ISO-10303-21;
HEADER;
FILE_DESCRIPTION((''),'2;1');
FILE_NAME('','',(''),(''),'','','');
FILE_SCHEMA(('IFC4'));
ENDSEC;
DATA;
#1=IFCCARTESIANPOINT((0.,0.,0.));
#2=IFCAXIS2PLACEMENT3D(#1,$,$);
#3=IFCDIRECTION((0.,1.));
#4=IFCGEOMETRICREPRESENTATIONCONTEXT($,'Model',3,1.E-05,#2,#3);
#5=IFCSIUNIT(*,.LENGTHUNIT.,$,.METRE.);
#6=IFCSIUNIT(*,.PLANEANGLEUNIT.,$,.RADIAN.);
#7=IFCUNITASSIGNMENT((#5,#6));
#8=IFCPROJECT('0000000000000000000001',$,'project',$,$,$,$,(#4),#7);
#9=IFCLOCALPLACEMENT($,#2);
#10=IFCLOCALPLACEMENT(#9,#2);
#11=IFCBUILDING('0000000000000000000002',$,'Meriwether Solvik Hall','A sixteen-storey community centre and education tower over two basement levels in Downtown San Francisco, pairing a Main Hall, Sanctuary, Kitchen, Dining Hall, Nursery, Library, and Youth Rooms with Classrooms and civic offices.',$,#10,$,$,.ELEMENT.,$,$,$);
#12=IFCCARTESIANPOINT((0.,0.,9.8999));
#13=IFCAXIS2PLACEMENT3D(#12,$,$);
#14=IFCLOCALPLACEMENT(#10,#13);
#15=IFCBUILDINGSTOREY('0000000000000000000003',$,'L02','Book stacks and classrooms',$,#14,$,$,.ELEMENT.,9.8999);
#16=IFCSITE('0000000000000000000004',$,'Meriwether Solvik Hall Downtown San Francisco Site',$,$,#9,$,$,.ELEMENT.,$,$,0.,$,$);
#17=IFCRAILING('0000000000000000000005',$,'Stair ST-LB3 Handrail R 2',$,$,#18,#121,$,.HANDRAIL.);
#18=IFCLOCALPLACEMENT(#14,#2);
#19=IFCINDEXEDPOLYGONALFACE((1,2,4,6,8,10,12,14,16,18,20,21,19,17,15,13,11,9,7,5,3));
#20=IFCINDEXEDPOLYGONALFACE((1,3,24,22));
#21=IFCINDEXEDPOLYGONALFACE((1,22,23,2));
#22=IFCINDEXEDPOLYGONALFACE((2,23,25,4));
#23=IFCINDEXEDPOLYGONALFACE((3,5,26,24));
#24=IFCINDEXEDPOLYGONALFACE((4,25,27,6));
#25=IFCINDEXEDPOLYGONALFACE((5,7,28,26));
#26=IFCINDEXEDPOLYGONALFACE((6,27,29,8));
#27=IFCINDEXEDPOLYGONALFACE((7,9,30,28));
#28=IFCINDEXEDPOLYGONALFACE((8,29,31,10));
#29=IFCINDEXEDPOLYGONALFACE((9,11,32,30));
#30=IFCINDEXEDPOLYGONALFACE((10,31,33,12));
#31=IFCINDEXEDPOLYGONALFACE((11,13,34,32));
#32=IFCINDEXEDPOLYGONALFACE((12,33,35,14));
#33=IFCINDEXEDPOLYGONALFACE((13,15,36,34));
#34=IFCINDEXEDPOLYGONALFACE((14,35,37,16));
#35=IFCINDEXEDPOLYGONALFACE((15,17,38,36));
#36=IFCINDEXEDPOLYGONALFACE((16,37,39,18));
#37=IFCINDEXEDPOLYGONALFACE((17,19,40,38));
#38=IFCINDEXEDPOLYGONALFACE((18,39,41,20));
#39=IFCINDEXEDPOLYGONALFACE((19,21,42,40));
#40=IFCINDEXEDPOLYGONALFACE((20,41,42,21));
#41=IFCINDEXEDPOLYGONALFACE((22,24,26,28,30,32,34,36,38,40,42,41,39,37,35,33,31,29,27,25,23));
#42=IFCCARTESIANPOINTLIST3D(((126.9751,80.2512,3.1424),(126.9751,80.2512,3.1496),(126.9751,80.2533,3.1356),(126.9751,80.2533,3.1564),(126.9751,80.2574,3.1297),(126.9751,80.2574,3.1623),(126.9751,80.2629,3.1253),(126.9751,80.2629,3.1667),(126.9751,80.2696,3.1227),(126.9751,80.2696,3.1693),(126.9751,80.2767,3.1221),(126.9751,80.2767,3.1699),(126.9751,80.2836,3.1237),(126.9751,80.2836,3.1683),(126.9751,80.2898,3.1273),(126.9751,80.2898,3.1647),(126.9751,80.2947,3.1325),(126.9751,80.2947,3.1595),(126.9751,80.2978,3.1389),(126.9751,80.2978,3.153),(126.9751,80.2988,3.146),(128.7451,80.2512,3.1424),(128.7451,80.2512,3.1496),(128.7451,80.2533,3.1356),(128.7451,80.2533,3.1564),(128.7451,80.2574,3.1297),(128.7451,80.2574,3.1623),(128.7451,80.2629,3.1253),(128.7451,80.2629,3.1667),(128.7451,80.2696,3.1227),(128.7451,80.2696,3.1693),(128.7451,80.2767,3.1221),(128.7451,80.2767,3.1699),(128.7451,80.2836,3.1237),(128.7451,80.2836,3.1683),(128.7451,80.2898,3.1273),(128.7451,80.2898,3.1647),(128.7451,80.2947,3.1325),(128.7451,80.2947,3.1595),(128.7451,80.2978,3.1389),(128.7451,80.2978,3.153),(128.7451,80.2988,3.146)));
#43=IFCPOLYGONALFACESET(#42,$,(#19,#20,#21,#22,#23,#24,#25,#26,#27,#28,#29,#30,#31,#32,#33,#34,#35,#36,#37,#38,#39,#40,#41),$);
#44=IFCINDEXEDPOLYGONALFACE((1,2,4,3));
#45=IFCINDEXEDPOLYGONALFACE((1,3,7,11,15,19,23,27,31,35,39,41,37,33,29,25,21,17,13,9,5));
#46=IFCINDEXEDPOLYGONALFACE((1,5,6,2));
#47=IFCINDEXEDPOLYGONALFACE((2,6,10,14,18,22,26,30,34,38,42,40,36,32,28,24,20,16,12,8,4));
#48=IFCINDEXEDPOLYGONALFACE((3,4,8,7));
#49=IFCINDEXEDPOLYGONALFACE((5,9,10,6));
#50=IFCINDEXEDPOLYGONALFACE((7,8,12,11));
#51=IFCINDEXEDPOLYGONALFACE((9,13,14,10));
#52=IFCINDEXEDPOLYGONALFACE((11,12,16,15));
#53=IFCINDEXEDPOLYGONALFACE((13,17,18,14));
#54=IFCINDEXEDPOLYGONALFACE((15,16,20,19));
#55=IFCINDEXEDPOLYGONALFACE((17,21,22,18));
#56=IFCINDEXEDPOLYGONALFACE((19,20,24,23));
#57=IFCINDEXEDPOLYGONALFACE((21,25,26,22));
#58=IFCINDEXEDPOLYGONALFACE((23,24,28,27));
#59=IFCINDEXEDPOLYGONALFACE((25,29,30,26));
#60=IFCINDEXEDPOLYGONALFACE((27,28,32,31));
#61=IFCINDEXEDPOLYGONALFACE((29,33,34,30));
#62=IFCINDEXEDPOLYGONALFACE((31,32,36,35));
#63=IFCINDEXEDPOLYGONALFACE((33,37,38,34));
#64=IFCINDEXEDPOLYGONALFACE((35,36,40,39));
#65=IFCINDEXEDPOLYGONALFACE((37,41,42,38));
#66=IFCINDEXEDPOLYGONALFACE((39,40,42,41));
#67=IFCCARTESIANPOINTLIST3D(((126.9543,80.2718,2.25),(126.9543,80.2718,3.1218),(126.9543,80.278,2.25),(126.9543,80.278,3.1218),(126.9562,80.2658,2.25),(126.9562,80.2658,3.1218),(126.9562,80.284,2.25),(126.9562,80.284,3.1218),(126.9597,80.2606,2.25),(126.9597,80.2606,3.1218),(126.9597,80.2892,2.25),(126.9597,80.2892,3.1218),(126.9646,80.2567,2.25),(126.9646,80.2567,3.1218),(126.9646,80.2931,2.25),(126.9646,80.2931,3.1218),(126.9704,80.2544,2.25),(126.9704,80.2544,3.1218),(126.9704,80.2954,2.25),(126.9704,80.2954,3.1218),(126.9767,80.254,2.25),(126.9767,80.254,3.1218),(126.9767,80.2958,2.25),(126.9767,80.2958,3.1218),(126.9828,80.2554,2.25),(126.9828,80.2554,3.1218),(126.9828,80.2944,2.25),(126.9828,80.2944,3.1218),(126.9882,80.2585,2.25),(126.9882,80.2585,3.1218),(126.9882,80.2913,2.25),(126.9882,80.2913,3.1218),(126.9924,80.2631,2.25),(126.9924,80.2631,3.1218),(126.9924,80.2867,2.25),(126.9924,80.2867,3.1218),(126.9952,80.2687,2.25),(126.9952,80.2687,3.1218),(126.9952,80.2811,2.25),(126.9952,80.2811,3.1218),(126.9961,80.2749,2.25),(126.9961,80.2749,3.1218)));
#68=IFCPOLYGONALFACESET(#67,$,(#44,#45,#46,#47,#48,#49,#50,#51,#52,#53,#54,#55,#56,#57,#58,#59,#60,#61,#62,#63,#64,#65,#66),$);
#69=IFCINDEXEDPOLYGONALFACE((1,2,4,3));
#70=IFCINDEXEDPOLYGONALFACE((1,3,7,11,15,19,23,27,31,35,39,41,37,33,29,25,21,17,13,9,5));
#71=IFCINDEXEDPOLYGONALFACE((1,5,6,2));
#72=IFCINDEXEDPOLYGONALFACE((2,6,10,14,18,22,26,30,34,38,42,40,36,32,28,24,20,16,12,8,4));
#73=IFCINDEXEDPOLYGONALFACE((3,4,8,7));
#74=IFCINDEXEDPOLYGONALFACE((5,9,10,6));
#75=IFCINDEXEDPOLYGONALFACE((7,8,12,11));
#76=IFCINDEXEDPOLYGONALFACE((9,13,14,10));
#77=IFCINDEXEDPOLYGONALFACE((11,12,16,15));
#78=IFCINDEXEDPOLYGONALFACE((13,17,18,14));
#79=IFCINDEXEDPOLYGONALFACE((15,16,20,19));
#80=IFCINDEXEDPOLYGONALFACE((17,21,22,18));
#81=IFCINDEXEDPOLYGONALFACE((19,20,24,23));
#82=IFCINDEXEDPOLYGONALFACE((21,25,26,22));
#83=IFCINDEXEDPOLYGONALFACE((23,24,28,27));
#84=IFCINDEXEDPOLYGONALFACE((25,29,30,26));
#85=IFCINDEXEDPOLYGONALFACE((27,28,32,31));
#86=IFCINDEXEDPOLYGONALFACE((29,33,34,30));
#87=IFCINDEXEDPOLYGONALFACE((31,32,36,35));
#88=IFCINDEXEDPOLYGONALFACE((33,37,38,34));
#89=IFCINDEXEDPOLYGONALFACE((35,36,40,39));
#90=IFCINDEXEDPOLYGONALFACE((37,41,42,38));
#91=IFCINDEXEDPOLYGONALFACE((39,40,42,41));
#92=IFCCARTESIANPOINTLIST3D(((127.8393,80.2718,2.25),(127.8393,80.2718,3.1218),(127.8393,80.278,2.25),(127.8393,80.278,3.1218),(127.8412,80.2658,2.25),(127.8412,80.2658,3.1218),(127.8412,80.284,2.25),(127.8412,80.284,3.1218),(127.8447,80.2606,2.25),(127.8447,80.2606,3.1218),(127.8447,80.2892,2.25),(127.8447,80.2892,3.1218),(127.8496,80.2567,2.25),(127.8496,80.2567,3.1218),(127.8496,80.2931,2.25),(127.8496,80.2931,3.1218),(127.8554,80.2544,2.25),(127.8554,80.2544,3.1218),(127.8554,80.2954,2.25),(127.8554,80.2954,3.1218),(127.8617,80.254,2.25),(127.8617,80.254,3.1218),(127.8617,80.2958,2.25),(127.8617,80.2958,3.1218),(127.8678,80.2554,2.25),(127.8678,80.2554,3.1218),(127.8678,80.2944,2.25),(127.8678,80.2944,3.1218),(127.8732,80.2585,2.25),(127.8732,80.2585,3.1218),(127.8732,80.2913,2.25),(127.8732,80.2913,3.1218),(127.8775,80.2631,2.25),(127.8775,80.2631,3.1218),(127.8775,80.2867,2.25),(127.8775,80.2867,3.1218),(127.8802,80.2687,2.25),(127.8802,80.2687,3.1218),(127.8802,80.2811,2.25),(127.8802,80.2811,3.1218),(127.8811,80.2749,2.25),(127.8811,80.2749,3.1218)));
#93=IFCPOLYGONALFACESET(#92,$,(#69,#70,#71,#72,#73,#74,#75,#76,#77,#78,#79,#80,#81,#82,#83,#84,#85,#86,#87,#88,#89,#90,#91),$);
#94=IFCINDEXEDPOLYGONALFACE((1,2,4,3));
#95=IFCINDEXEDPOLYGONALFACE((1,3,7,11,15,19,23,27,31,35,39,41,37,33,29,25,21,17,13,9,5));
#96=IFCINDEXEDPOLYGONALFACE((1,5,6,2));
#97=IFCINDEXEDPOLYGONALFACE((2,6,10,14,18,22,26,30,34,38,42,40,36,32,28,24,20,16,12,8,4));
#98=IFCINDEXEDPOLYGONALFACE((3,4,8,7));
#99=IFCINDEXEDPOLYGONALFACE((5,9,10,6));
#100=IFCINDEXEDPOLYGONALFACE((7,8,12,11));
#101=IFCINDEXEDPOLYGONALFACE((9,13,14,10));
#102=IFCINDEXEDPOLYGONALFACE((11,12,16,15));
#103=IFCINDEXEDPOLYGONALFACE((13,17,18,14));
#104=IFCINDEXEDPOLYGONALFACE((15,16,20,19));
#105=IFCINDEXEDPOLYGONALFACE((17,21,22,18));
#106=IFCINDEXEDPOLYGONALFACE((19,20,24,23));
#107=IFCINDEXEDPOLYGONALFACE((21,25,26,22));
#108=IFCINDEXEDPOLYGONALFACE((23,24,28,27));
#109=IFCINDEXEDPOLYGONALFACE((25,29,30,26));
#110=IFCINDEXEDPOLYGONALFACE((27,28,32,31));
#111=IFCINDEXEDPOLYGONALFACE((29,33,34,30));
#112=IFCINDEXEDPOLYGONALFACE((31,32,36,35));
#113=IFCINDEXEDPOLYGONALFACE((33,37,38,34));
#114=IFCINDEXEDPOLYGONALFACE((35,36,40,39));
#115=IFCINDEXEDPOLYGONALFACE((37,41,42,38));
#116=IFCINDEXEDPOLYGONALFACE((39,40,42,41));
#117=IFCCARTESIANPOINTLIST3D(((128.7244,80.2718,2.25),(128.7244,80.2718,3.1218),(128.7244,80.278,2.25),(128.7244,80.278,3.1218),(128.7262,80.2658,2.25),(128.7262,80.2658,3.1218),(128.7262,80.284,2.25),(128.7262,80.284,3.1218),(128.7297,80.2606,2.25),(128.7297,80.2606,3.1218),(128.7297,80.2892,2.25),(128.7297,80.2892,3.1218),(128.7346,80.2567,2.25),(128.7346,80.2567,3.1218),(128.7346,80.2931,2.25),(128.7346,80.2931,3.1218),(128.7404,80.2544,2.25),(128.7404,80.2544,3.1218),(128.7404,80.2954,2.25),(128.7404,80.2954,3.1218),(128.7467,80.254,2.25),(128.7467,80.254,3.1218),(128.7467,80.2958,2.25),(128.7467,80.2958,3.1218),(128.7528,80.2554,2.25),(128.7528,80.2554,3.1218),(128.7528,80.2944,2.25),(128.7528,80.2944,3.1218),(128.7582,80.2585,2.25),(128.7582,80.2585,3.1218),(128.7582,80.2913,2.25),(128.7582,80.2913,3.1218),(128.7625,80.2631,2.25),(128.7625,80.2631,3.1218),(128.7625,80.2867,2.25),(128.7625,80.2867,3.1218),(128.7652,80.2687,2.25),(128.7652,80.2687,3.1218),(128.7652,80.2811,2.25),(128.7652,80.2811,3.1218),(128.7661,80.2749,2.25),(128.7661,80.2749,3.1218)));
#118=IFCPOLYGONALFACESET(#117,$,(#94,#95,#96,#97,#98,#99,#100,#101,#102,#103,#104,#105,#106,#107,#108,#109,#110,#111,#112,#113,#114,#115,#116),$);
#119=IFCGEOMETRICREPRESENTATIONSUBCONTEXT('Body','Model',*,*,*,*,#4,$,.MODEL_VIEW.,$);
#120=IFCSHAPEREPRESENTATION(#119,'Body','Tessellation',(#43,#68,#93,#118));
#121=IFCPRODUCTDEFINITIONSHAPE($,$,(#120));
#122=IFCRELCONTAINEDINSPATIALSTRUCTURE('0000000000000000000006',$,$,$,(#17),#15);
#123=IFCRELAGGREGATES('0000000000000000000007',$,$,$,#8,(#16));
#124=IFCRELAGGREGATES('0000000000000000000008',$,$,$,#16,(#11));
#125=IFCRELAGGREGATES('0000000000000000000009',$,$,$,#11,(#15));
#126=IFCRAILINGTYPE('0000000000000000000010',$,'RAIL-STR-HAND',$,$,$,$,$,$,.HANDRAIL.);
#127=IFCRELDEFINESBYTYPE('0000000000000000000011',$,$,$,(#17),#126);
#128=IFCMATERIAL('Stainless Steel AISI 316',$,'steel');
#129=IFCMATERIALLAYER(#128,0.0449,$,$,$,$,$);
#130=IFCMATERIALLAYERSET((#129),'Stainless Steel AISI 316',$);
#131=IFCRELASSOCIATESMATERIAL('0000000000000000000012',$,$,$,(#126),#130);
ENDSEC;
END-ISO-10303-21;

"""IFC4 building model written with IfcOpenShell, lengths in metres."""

from ifc_helpers import new_model, si_unit, direction, frame, origin, origin_2d, place, context, subcontext, project, spatial, circle, extrude, material, layer, layer_set, type_object, element, save


model = new_model("IFC4")

# Units and contexts
model_context = context("Model", 3, precision=1e-05, world=origin(), true_north=direction((0.0, 1.0)))
body_context = subcontext(model_context, "Body", "Model", "MODEL_VIEW")
ifc_project = project(units=[si_unit("LENGTHUNIT", "METRE"), si_unit("PLANEANGLEUNIT", "RADIAN")], contexts=[model_context])

# Site, building, storey
site_placement = place(None, origin())
site = spatial("IfcSite", under=ifc_project, at=site_placement, Name="Meriwether Solvik Hall Downtown San Francisco Site", CompositionType="ELEMENT", RefElevation=0.0)
building_placement = place(site_placement, origin())
building = spatial("IfcBuilding", under=site, at=building_placement, Name="Meriwether Solvik Hall", Description="A sixteen-storey community centre and education tower over two basement levels in Downtown San Francisco, pairing a Main Hall, Sanctuary, Kitchen, Dining Hall, Nursery, Library, and Youth Rooms with Classrooms and civic offices.", CompositionType="ELEMENT")
storey_placement = place(building_placement, frame((0.0, 0.0, 9.8999)))
storey = spatial("IfcBuildingStorey", under=building, at=storey_placement, Name="L02", Description="Book stacks and classrooms", CompositionType="ELEMENT", Elevation=9.8999)

# Railing
ifc_material_1 = material(Name="Stainless Steel AISI 316", Category="steel")
ifc_layer_1 = layer(ifc_material_1, 0.0449)
ifc_layer_set_1 = layer_set([ifc_layer_1], Name="Stainless Steel AISI 316")
railing_type_1 = type_object("IfcRailingType", Name="RAIL-STR-HAND", PredefinedType="HANDRAIL", material=ifc_layer_set_1)
railing_1_placement = place(storey_placement, frame((126.9751, 80.2749, 2.25)))
element("IfcRailing", 1, at=railing_1_placement, inside=storey, type_object=railing_type_1, Name="Stair ST-LB3 Handrail R 2", PredefinedType="HANDRAIL", context=body_context, shape_type="SweptSolid", body=[
    extrude(circle(Radius=0.0239, at=origin_2d()), frame((0.0, 0.0, 0.896), z_axis=(1.0, 0.0, 0.0), x_axis=(0.0, 1.0, 0.0)), (0.0, 0.0, 1.0), 1.77),
    extrude(circle(Radius=0.021, at=origin_2d()), origin(), (0.0, 0.0, 1.0), 0.8718),
    extrude(circle(Radius=0.021, at=origin_2d()), frame((0.885, 0.0, 0.0)), (0.0, 0.0, 1.0), 0.8718),
    extrude(circle(Radius=0.021, at=origin_2d()), frame((1.77, 0.0, 0.0)), (0.0, 0.0, 1.0), 0.8718),
])

save(model, "model.ifc")
